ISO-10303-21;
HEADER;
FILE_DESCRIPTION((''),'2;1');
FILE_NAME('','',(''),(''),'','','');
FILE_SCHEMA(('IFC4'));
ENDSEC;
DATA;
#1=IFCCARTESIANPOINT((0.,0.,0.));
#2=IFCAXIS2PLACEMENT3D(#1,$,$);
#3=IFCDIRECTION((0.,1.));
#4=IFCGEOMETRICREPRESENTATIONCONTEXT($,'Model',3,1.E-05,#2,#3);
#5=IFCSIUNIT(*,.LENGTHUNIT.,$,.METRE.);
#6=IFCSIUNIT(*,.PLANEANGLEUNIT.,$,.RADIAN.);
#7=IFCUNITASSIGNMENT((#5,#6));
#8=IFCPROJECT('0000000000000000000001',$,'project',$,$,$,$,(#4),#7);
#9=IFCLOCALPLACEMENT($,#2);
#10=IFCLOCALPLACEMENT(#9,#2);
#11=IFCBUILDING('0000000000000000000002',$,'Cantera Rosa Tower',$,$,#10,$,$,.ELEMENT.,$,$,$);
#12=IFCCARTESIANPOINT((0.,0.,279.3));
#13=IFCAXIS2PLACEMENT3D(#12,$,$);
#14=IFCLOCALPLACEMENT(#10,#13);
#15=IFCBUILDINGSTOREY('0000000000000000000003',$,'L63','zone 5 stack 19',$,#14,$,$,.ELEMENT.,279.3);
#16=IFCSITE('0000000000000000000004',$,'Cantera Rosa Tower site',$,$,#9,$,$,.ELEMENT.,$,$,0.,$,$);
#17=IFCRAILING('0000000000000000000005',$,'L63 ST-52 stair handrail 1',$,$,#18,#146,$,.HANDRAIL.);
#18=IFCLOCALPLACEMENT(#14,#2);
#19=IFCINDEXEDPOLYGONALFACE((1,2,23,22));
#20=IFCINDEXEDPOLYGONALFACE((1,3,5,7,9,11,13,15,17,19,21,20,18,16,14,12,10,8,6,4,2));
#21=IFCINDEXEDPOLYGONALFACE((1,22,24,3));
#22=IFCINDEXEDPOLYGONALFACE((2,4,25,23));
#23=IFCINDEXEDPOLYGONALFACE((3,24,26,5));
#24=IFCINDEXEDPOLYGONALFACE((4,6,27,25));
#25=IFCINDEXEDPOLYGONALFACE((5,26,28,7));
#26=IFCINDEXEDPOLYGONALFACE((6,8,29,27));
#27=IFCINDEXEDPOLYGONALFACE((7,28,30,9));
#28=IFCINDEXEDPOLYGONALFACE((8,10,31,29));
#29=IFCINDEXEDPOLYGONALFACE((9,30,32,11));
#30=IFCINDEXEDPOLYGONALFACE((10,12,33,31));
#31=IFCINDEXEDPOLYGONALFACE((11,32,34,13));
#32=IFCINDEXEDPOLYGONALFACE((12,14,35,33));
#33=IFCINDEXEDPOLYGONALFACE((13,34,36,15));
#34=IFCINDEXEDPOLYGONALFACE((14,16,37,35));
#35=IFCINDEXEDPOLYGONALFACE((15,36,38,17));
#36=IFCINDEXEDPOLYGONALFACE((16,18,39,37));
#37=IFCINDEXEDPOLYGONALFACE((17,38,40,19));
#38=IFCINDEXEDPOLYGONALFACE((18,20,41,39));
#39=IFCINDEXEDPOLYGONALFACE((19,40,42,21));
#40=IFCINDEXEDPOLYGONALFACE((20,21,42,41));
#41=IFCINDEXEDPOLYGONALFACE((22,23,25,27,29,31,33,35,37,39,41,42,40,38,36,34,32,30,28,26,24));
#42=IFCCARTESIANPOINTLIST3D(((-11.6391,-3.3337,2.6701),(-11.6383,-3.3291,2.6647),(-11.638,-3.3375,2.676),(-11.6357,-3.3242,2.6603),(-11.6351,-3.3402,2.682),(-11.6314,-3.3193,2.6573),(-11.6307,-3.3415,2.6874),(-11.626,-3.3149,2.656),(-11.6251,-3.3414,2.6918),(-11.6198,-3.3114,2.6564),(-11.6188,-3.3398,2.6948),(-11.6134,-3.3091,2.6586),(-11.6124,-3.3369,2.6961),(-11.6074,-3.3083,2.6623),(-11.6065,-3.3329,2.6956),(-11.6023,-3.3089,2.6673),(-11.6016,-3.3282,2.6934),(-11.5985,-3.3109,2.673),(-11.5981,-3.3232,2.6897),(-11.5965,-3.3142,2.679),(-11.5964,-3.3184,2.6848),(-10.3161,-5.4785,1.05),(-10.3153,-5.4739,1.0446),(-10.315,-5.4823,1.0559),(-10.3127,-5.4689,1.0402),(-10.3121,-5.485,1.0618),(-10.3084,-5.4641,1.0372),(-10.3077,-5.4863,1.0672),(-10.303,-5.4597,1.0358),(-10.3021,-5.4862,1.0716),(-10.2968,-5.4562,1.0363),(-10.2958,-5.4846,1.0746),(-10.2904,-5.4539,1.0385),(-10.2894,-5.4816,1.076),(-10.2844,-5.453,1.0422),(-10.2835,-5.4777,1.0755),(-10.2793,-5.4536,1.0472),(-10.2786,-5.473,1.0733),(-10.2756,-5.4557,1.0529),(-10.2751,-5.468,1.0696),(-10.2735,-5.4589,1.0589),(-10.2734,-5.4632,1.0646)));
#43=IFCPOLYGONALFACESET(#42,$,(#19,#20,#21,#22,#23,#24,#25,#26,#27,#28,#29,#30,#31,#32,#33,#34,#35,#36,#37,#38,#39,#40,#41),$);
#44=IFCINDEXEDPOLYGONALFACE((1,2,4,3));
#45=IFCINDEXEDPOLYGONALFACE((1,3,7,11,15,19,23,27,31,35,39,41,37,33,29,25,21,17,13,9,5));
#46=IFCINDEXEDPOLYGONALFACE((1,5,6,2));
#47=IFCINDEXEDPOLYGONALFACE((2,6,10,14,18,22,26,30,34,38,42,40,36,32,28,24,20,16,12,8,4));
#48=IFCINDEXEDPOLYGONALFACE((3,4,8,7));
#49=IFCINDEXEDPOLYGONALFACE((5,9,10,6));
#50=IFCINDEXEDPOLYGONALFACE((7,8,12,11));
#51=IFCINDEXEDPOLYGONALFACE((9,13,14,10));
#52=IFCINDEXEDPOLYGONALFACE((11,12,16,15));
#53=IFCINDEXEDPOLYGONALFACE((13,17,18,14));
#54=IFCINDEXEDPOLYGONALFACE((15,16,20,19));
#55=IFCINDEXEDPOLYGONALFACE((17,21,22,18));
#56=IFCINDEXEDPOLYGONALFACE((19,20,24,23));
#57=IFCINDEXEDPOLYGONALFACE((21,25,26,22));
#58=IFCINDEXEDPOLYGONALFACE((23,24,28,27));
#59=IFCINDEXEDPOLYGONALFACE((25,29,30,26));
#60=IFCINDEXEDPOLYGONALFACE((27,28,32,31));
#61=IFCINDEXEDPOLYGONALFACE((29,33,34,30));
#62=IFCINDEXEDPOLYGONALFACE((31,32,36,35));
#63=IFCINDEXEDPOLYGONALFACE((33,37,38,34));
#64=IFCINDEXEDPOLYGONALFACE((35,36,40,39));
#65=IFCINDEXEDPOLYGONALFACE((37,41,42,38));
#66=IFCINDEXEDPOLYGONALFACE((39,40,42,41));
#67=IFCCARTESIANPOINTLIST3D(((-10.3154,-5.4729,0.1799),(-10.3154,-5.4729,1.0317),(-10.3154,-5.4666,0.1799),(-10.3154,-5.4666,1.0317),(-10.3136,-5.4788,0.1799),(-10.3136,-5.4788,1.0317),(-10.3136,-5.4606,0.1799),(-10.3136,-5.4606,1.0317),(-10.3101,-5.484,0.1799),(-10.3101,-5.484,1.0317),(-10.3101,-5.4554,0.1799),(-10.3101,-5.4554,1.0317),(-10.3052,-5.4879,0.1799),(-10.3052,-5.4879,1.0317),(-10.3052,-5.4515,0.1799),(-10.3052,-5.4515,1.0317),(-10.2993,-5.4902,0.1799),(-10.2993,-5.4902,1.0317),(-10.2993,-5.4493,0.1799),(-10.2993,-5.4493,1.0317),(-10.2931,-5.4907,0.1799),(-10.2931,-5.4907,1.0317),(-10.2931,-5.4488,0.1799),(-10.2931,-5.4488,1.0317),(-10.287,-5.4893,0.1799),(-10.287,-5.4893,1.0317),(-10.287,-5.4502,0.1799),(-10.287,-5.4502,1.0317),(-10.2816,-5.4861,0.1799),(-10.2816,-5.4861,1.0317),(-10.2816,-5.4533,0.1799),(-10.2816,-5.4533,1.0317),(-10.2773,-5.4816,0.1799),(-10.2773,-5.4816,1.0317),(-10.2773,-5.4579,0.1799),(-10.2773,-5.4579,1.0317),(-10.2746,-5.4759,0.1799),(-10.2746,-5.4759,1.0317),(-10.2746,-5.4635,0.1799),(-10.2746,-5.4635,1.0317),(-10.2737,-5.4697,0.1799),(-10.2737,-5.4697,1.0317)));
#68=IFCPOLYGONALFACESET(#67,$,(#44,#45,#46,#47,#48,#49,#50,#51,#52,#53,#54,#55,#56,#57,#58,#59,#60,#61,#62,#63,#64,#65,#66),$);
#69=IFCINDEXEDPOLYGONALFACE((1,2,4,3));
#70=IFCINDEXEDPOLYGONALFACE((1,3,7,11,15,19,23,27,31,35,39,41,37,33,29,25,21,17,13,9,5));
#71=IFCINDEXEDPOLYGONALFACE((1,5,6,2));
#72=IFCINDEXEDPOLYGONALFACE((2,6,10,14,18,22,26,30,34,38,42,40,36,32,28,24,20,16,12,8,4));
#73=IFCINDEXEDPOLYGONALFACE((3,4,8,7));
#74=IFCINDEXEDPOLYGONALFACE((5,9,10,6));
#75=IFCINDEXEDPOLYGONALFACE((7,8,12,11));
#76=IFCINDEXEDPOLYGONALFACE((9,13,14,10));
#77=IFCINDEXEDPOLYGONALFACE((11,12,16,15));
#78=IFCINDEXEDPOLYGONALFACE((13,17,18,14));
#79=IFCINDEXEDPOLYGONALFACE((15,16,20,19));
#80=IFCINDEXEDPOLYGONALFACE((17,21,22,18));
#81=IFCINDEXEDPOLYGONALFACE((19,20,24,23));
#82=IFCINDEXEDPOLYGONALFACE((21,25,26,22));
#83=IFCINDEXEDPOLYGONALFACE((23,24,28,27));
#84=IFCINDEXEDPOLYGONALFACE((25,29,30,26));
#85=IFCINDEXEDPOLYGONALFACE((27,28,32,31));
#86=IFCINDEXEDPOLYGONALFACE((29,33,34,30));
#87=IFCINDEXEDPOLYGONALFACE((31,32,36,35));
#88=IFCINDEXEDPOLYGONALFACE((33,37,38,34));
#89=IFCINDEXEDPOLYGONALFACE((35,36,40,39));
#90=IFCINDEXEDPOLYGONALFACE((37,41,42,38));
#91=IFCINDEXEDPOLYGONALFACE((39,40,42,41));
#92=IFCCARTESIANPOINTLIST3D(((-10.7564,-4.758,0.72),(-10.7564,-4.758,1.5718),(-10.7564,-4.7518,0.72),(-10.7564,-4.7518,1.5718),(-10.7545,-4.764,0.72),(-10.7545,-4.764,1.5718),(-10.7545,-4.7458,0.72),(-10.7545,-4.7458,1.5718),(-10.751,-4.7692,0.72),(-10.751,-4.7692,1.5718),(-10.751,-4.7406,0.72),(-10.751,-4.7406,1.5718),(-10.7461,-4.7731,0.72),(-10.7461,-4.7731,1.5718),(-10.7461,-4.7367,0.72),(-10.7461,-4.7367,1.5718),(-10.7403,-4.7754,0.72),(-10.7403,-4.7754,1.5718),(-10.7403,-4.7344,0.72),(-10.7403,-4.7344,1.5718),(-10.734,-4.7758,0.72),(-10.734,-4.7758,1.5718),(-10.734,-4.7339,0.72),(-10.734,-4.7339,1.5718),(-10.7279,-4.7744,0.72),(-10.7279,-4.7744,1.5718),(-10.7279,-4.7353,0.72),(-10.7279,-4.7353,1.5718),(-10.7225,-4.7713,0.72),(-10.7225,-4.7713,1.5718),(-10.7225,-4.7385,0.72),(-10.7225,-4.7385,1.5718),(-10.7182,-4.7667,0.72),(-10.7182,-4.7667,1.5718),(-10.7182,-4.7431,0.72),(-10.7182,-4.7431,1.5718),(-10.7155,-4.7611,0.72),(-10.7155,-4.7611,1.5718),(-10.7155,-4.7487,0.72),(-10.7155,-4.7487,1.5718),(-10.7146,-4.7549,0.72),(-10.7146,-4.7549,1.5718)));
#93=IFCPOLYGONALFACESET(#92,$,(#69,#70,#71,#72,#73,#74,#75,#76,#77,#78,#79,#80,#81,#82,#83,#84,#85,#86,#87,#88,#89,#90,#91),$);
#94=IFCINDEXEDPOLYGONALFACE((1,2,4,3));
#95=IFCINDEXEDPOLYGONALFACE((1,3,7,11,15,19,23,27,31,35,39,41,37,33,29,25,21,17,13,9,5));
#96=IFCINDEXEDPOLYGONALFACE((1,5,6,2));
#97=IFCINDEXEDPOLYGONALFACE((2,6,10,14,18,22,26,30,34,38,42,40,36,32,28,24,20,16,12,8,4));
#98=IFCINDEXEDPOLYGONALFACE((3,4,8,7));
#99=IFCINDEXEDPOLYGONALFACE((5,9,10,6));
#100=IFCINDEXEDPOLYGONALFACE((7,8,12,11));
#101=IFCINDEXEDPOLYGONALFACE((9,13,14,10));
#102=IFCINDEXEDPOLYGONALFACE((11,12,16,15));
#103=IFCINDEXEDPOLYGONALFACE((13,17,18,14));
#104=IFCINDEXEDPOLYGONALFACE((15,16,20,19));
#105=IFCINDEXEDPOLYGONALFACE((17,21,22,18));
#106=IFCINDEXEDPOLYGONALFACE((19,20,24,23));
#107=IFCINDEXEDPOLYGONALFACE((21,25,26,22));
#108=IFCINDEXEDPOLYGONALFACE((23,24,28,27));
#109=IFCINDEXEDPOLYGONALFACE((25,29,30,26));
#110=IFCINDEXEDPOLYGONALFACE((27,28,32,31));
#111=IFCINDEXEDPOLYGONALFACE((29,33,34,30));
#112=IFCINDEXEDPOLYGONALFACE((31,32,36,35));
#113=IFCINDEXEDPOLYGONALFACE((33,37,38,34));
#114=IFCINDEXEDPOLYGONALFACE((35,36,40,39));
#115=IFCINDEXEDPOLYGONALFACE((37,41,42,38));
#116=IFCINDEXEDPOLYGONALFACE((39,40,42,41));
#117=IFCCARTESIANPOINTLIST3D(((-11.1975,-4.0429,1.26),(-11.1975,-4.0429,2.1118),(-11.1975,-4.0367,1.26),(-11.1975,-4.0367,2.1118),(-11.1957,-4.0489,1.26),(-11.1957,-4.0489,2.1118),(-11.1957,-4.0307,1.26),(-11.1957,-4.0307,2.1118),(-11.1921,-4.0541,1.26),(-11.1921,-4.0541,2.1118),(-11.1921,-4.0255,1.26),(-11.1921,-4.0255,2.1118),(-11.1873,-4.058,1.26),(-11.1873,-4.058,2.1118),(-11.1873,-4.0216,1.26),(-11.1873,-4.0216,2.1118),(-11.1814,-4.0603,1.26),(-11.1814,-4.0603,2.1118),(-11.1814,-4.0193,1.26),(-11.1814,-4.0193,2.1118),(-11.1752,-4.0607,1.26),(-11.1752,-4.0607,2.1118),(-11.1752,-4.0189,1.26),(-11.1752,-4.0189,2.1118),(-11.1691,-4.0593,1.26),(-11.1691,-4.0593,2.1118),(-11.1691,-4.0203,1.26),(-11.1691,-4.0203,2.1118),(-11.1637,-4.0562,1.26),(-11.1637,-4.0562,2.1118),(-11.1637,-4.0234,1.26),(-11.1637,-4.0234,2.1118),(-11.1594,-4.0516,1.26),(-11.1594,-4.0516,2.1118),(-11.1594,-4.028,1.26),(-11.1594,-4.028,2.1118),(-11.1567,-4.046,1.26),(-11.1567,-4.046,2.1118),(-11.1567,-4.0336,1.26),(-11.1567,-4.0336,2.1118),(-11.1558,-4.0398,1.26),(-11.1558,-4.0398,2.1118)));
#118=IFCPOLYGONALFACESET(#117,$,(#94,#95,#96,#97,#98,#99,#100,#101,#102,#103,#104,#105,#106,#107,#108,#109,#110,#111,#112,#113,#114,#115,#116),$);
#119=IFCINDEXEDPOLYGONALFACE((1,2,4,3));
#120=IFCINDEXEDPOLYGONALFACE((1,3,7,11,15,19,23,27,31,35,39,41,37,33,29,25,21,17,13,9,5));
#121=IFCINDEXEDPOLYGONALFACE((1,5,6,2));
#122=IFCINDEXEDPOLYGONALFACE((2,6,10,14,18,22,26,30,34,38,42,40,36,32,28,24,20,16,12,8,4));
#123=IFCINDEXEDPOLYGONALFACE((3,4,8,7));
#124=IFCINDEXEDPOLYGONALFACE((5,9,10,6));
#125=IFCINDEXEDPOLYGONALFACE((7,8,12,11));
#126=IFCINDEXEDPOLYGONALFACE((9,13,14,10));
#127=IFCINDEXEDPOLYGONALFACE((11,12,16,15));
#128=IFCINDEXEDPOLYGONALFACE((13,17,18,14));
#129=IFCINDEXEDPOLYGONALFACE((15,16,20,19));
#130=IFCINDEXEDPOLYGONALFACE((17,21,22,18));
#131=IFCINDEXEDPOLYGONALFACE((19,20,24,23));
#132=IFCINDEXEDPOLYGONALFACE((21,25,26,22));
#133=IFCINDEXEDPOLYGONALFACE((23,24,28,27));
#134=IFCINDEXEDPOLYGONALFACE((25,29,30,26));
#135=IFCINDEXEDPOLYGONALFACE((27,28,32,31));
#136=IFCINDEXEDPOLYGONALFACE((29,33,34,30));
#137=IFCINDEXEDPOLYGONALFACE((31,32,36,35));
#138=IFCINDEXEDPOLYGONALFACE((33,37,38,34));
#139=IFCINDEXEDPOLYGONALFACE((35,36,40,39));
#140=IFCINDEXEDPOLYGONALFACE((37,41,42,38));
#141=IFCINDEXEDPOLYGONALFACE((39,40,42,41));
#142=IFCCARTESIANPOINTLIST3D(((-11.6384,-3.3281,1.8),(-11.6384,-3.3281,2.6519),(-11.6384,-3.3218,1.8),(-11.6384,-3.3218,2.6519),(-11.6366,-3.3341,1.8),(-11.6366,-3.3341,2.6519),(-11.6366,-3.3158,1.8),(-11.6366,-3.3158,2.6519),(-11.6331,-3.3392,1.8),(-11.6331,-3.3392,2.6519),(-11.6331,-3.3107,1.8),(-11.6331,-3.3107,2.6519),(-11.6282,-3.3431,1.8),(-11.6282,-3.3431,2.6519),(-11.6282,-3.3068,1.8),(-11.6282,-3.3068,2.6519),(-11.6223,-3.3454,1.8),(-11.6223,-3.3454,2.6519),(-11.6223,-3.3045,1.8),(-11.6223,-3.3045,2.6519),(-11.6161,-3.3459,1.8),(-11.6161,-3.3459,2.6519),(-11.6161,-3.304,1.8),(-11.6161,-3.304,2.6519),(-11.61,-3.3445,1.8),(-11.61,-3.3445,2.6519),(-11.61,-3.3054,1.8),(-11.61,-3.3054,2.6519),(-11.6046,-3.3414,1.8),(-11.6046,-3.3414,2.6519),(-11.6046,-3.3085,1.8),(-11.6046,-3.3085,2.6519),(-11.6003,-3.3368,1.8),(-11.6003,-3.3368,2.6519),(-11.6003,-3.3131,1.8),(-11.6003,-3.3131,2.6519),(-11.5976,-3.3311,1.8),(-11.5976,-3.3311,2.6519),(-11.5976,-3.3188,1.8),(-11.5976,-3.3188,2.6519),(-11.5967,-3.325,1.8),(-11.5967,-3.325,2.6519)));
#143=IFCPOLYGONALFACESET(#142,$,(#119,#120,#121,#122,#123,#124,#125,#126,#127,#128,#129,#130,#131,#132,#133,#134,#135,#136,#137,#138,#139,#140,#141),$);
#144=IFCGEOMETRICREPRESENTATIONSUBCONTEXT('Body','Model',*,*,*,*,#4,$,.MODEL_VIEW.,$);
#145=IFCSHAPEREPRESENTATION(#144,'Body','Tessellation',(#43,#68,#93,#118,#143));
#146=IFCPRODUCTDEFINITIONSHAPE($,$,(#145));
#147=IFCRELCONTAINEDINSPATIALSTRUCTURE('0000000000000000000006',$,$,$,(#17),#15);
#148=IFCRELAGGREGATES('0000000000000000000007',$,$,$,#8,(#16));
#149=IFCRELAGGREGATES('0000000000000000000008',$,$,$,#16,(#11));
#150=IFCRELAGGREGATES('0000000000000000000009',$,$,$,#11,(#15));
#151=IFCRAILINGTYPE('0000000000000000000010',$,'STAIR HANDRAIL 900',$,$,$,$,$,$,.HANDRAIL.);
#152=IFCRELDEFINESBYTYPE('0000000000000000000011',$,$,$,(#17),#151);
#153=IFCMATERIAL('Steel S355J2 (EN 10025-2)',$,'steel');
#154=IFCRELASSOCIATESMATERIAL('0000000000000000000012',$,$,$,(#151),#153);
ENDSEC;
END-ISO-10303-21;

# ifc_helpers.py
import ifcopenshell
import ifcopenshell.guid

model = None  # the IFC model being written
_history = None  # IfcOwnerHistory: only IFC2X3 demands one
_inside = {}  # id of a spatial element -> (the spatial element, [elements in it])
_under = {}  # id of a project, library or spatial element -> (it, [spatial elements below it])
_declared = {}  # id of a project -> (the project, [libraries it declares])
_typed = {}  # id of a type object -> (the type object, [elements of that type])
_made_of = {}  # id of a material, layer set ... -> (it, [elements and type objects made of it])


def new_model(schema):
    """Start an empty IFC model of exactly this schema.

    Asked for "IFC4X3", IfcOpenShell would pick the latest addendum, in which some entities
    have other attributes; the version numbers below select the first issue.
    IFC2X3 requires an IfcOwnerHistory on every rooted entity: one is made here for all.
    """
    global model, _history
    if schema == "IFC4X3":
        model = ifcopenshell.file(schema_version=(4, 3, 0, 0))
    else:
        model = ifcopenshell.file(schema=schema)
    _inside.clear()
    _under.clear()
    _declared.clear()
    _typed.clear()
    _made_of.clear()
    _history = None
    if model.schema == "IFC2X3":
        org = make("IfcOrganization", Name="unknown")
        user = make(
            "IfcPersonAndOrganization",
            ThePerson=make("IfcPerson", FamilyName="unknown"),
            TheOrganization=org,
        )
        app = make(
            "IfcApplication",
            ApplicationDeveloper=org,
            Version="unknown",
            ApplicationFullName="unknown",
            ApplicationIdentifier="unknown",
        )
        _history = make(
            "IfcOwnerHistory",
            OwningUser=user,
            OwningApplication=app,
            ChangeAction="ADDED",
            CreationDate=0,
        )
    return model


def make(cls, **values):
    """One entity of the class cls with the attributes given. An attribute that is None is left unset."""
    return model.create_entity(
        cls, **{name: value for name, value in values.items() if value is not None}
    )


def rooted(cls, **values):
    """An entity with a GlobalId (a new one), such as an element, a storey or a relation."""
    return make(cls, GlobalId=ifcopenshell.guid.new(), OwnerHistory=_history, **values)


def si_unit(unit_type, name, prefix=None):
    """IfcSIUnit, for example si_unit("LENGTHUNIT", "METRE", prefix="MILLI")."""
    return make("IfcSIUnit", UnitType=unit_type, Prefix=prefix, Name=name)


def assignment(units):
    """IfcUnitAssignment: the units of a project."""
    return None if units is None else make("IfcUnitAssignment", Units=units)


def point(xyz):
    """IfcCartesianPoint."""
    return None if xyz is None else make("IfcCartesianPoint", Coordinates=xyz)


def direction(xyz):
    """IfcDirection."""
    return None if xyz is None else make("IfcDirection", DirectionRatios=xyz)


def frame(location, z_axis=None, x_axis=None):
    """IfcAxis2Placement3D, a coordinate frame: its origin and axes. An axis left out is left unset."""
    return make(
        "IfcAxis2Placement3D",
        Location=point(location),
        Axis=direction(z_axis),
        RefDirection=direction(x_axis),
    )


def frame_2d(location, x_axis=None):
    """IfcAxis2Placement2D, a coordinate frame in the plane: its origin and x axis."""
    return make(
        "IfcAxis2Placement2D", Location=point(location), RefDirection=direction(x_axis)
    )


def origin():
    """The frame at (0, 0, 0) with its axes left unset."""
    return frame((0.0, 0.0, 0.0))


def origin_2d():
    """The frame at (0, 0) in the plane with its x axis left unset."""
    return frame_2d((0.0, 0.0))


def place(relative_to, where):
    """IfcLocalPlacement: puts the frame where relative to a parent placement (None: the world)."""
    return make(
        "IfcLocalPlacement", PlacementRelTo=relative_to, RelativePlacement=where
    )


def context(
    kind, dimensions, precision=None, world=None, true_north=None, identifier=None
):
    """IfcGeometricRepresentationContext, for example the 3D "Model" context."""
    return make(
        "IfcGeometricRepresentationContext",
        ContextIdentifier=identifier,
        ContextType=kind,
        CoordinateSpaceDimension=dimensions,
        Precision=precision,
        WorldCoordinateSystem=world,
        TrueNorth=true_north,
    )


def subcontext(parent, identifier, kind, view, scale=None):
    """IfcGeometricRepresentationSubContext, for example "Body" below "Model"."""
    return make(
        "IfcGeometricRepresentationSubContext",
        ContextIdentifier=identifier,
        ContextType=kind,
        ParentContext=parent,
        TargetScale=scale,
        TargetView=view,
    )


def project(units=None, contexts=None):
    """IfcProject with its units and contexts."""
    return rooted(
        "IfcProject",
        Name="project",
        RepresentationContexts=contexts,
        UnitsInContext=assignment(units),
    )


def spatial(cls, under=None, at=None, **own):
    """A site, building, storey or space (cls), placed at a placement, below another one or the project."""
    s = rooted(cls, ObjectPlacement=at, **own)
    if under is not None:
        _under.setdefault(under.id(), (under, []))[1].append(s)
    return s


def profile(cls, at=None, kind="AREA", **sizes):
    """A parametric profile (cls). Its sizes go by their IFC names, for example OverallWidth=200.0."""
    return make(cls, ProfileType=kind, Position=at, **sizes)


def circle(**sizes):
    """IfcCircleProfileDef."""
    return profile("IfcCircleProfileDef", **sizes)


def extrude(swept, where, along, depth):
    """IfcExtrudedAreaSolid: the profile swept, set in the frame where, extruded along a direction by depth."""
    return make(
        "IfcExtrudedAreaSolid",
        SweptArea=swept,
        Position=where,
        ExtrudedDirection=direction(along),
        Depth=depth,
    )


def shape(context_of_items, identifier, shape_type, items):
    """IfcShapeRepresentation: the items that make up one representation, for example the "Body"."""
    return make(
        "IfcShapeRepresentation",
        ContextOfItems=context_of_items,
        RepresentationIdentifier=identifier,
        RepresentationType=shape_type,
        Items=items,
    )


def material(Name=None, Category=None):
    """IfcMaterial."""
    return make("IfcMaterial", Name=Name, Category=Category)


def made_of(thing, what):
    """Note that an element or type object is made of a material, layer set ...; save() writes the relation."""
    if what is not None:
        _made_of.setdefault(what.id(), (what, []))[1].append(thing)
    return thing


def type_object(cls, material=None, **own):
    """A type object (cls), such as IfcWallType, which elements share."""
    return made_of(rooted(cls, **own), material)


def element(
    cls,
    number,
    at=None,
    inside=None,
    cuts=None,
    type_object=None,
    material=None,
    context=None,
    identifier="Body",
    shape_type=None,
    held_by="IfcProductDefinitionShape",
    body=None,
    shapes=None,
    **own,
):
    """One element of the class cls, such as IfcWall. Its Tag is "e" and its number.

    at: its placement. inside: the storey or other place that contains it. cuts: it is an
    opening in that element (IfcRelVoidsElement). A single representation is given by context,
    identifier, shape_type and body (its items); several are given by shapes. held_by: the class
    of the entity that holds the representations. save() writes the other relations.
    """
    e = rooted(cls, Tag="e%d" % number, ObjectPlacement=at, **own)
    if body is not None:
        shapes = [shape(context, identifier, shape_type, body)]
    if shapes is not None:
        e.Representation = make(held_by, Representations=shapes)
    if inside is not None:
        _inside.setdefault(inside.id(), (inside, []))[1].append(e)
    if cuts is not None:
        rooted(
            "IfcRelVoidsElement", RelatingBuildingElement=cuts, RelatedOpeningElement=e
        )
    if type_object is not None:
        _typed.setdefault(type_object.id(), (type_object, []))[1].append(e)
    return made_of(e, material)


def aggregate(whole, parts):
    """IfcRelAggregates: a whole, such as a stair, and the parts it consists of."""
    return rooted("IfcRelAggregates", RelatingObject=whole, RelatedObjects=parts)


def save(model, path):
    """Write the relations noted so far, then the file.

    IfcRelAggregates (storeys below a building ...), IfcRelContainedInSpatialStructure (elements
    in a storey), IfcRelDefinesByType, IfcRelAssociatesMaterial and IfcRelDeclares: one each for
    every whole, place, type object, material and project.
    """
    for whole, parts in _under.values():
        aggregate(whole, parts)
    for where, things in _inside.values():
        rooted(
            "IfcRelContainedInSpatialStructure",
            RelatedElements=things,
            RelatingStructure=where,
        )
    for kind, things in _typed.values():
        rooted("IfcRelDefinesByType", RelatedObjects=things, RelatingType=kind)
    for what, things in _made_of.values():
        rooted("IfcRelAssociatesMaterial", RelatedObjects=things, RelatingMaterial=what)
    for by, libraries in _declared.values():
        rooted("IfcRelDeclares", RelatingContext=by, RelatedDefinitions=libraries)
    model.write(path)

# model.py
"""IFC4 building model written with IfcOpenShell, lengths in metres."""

from ifc_helpers import new_model, si_unit, direction, frame, origin, origin_2d, place, context, subcontext, project, spatial, circle, extrude, material, type_object, element, save


model = new_model("IFC4")

# Units and contexts
model_context = context("Model", 3, precision=1e-05, world=origin(), true_north=direction((0.0, 1.0)))
body_context = subcontext(model_context, "Body", "Model", "MODEL_VIEW")
ifc_project = project(units=[si_unit("LENGTHUNIT", "METRE"), si_unit("PLANEANGLEUNIT", "RADIAN")], contexts=[model_context])

# Site, building, storey
site_placement = place(None, origin())
site = spatial("IfcSite", under=ifc_project, at=site_placement, Name="Cantera Rosa Tower site", CompositionType="ELEMENT", RefElevation=0.0)
building_placement = place(site_placement, origin())
building = spatial("IfcBuilding", under=site, at=building_placement, Name="Cantera Rosa Tower", CompositionType="ELEMENT")
storey_placement = place(building_placement, frame((0.0, 0.0, 279.3)))
storey = spatial("IfcBuildingStorey", under=building, at=storey_placement, Name="L63", Description="zone 5 stack 19", CompositionType="ELEMENT", Elevation=279.3)

# Railing
ifc_material_1 = material(Name="Steel S355J2 (EN 10025-2)", Category="steel")
railing_type_1 = type_object("IfcRailingType", Name="STAIR HANDRAIL 900", PredefinedType="HANDRAIL", material=ifc_material_1)
railing_1_placement = place(storey_placement, frame((-10.2947, -5.4697, 0.1799)))
element("IfcRailing", 1, at=railing_1_placement, inside=storey, type_object=railing_type_1, Name="L63 ST-52 stair handrail 1", PredefinedType="HANDRAIL", context=body_context, shape_type="SweptSolid", body=[
    extrude(circle(Radius=0.0239, at=origin_2d()), frame((0.0, 0.0, 0.876), z_axis=(-0.441609, 0.715914, 0.540786), x_axis=(-0.851102, -0.525, 0.0)), (0.0, 0.0, 1.0), 2.9958),
    extrude(circle(Radius=0.021, at=origin_2d()), origin(), (0.0, 0.0, 1.0), 0.8518),
    extrude(circle(Radius=0.021, at=origin_2d()), frame((-0.4409, 0.7148, 0.54)), (0.0, 0.0, 1.0), 0.8518),
    extrude(circle(Radius=0.021, at=origin_2d()), frame((-0.8821, 1.4299, 1.0801)), (0.0, 0.0, 1.0), 0.8518),
    extrude(circle(Radius=0.021, at=origin_2d()), frame((-1.323, 2.1448, 1.6201)), (0.0, 0.0, 1.0), 0.8518),
])

save(model, "model.ifc")
